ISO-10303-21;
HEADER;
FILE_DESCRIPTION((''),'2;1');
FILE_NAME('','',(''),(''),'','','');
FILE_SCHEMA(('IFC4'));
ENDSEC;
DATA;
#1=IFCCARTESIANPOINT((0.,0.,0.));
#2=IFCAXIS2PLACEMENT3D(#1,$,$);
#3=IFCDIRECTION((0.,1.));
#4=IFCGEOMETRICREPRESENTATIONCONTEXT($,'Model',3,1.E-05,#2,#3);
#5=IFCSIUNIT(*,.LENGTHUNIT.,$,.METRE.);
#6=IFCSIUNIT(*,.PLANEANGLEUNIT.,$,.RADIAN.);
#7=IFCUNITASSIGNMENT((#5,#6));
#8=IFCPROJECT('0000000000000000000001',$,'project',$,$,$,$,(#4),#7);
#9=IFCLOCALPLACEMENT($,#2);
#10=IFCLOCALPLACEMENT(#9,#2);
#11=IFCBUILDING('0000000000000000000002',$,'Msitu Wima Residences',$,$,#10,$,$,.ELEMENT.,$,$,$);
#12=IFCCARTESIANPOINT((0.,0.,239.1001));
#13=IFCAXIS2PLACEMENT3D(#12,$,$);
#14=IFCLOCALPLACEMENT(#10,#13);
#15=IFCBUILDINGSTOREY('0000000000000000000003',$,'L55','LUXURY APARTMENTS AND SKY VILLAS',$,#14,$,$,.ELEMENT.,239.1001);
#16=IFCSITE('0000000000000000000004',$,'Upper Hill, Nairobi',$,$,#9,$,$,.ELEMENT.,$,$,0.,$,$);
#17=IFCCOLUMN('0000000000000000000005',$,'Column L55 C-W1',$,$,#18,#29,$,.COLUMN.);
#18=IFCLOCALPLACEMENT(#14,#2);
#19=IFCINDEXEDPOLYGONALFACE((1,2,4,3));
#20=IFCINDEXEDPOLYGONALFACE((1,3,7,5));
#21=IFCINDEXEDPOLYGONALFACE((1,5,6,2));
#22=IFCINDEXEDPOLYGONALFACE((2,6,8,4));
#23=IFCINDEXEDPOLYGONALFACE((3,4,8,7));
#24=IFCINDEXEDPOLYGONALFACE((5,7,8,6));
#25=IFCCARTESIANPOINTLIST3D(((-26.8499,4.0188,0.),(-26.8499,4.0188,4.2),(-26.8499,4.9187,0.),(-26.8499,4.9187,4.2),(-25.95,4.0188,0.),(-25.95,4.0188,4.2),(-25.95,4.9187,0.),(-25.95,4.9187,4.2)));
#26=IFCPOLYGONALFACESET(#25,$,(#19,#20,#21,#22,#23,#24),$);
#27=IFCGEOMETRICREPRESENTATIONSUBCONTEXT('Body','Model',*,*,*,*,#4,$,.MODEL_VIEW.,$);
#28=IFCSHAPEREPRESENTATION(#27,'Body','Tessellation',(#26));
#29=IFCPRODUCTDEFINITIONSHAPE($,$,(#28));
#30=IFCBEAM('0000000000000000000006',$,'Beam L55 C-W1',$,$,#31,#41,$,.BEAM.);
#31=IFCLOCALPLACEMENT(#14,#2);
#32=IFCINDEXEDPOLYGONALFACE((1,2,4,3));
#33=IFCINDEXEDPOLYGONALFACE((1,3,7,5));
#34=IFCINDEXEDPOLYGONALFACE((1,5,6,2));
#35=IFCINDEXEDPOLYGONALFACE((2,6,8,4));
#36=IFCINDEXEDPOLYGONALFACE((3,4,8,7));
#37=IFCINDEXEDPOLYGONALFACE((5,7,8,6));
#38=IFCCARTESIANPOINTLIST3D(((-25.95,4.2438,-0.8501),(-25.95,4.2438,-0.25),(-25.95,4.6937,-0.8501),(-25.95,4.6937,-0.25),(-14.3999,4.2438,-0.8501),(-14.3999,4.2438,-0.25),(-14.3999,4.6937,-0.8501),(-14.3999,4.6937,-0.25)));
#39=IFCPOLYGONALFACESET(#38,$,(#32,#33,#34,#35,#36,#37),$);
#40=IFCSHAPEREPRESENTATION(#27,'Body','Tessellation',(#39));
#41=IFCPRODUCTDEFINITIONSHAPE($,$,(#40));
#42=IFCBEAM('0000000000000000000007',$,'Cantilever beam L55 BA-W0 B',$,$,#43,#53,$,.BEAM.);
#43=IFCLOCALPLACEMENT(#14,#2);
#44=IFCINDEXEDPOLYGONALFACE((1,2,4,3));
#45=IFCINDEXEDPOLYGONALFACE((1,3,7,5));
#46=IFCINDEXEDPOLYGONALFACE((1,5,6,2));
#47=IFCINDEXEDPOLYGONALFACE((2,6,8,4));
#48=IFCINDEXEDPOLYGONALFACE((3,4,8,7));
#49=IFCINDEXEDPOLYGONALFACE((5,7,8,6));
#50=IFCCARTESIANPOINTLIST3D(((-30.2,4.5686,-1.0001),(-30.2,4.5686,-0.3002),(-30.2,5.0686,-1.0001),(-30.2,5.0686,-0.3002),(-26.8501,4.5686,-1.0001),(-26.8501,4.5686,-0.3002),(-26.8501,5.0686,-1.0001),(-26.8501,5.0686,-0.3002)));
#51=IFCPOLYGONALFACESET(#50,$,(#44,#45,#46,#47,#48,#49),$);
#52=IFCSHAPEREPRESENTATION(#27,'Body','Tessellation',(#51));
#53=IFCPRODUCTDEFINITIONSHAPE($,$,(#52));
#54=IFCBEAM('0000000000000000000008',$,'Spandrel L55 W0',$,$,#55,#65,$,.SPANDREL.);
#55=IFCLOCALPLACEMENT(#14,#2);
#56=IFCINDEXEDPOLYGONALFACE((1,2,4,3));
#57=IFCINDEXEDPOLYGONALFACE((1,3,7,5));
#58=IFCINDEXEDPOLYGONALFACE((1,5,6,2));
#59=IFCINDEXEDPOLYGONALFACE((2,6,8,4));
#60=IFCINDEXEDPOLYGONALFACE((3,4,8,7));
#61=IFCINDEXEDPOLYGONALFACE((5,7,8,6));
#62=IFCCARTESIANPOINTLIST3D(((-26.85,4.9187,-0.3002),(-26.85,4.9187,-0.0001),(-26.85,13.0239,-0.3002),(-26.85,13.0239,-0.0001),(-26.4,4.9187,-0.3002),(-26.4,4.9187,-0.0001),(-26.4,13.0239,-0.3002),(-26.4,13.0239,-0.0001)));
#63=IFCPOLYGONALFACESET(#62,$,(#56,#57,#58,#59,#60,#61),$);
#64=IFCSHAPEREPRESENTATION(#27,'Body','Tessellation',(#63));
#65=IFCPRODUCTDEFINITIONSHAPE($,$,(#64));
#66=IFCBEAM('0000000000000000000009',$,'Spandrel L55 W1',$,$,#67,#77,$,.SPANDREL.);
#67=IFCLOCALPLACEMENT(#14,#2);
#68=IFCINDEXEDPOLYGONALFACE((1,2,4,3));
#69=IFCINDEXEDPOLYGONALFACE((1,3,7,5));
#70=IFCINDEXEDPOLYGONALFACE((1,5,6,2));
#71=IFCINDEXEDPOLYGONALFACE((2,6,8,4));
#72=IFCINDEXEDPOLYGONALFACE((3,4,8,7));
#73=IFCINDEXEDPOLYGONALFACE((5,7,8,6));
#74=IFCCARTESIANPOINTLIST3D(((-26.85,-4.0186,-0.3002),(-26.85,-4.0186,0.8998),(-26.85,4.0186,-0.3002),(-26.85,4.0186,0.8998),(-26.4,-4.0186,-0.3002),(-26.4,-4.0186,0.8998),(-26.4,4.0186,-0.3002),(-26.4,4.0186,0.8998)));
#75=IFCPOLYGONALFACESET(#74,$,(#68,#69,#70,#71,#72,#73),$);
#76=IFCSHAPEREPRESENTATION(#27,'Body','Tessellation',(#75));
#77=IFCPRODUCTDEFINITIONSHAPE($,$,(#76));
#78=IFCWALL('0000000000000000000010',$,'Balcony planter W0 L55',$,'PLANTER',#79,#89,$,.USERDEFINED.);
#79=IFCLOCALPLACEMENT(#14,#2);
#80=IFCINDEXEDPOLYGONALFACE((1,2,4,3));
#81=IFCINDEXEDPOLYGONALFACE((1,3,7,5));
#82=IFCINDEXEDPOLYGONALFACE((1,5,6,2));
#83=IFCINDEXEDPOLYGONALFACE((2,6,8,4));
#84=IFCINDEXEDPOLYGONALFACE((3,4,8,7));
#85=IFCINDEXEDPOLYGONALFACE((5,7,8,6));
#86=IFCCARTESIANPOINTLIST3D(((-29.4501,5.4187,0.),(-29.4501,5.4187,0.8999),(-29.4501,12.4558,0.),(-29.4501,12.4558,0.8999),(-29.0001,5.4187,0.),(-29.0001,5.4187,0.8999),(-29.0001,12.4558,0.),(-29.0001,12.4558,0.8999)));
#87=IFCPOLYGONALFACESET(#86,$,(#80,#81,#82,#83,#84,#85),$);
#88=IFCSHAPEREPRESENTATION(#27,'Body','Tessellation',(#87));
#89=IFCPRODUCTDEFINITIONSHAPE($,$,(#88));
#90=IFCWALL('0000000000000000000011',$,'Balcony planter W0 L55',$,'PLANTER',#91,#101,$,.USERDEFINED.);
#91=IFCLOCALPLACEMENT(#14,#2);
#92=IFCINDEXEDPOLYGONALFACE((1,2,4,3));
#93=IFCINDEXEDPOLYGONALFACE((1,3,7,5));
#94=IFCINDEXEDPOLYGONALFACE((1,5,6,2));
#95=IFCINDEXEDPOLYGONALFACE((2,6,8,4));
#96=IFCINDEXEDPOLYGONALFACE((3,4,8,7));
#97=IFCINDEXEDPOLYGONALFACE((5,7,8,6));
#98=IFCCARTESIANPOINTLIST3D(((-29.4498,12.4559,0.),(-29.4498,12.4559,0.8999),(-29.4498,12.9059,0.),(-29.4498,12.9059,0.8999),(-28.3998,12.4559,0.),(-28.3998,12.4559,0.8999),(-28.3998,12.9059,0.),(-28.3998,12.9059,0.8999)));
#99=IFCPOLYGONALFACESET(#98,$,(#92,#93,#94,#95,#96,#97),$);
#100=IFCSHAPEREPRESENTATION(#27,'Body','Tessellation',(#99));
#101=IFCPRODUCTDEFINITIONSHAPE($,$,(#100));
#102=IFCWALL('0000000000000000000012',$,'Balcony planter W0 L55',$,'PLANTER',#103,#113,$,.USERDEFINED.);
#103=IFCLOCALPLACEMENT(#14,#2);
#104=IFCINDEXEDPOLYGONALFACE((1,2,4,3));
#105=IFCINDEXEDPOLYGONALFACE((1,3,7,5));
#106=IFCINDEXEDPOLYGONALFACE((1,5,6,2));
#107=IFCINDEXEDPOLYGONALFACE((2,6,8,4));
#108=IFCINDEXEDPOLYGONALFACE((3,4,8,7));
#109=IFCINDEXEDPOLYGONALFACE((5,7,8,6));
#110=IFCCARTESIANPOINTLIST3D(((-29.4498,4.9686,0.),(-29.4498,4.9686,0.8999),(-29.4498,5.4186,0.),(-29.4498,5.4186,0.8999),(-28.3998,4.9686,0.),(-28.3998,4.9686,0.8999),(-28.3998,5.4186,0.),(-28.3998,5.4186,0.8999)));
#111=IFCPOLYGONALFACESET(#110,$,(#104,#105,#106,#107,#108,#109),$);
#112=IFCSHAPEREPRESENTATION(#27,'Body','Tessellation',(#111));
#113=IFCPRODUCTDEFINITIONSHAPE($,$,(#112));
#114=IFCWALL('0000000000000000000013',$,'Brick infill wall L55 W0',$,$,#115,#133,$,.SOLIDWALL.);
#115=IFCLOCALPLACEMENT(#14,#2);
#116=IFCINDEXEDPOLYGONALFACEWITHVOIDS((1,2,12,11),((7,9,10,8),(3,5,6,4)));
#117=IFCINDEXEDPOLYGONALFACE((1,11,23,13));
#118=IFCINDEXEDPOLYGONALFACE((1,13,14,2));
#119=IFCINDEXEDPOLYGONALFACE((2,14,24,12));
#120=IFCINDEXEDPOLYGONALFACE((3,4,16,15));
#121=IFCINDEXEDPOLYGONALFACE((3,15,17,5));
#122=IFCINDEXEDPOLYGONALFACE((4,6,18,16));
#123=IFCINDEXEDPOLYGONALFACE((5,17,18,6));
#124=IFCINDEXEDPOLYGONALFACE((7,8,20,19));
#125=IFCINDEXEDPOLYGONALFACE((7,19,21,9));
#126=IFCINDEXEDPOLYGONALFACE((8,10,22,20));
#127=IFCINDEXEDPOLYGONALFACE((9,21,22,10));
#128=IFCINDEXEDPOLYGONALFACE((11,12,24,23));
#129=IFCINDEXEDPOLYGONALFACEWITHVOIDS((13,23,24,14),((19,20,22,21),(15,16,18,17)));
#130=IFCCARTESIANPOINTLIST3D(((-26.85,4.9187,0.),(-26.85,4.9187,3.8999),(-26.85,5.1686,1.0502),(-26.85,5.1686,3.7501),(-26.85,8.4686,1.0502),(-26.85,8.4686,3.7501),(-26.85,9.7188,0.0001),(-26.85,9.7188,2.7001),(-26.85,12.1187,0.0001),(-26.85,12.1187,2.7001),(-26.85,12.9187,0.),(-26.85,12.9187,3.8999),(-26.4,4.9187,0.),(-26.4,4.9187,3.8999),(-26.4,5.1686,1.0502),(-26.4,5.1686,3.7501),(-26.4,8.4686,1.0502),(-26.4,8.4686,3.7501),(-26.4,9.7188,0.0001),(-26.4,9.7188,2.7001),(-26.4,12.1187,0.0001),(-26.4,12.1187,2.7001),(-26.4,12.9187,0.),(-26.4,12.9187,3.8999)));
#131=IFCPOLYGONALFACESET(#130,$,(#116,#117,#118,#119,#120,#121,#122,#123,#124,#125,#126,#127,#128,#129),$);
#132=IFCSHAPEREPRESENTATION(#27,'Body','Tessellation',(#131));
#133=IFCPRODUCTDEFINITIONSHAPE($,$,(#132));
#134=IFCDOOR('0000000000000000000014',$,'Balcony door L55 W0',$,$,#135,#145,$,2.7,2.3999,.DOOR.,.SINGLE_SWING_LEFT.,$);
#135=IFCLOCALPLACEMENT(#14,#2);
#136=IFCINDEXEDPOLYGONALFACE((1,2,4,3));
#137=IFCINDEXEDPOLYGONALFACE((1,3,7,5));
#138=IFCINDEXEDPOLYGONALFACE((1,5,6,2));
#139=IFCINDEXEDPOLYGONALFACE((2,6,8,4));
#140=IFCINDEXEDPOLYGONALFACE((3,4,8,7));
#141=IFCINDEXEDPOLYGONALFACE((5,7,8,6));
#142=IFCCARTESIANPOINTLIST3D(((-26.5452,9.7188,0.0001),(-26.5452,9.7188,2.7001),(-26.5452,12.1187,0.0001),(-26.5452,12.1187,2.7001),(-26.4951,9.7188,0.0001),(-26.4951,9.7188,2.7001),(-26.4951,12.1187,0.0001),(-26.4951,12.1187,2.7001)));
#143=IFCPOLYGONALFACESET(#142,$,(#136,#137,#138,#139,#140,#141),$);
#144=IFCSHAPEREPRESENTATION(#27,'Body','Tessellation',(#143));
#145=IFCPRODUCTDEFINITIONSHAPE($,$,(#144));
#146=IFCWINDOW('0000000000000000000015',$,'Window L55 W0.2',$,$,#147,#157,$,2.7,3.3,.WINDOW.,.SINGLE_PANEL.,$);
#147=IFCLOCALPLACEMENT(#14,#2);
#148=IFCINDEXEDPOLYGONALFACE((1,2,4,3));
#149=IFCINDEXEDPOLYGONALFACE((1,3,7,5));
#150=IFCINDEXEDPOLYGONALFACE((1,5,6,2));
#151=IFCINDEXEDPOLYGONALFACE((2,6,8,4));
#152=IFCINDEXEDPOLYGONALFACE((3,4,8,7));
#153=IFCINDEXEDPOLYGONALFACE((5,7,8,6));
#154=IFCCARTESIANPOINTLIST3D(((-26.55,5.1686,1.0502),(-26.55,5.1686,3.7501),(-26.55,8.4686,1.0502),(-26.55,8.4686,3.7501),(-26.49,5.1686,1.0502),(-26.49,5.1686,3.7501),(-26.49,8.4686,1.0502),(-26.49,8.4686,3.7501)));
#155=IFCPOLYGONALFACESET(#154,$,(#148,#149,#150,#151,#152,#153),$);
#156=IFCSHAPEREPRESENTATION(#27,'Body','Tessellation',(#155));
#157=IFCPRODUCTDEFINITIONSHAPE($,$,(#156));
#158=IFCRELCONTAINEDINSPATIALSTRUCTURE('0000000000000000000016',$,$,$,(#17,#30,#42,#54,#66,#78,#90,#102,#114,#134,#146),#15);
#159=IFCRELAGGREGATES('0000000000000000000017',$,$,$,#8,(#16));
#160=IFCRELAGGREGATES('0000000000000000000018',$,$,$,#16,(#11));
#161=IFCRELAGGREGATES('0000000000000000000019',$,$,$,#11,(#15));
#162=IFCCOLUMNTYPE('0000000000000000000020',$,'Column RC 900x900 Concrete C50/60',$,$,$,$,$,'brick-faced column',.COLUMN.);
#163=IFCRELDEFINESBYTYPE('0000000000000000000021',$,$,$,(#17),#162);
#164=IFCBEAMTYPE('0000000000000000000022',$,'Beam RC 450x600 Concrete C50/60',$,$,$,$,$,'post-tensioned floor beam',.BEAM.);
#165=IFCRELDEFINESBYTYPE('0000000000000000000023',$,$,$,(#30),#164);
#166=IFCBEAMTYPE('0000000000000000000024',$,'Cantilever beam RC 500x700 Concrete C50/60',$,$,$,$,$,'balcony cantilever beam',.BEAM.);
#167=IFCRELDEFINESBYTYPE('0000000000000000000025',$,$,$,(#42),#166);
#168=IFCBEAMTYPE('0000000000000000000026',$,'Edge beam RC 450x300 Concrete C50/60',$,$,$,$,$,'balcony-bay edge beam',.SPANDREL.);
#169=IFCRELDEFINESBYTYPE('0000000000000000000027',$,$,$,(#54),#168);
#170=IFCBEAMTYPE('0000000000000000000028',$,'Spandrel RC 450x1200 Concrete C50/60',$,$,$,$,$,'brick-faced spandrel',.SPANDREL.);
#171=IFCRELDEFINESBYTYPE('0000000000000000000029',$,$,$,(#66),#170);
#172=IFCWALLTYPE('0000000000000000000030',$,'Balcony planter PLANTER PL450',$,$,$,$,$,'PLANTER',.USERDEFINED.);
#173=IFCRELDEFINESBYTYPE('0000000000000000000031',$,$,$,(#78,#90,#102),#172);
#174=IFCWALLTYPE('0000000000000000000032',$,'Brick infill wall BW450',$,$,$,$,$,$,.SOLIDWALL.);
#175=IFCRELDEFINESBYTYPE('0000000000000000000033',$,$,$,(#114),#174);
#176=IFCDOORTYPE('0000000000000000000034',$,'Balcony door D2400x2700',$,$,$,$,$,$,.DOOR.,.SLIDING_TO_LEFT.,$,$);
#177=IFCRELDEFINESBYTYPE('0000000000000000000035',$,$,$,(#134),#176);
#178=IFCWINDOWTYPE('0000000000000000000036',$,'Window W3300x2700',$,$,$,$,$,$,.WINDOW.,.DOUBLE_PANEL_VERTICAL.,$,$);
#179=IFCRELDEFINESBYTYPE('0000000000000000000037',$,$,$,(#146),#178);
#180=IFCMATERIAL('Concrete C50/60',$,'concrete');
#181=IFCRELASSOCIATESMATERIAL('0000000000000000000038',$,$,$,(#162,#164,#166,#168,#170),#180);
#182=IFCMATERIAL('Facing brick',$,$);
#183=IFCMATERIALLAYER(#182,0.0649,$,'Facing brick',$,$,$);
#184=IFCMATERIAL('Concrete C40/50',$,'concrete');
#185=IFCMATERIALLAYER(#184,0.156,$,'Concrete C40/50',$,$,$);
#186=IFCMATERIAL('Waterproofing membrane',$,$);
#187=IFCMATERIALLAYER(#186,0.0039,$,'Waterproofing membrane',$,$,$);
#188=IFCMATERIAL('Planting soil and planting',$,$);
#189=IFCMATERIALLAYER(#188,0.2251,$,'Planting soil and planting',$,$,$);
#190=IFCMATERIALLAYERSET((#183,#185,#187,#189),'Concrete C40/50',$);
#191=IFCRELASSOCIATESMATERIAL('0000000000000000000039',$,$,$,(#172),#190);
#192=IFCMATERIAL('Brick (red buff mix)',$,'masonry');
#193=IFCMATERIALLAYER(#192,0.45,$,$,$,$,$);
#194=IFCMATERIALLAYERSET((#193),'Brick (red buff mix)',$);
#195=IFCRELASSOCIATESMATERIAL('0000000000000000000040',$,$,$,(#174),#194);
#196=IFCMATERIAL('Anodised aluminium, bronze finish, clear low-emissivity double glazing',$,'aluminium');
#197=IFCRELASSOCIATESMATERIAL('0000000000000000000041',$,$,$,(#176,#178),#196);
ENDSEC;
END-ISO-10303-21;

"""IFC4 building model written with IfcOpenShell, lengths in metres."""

from ifc_helpers import new_model, si_unit, direction, frame, frame_2d, origin, origin_2d, place, context, subcontext, project, spatial, rectangle, extrude, material, layer, layer_set, material_profile, profile_set, type_object, element, fill, save


model = new_model("IFC4")

# Units and contexts
model_context = context("Model", 3, precision=1e-05, world=origin(), true_north=direction((0.0, 1.0)))
body_context = subcontext(model_context, "Body", "Model", "MODEL_VIEW")
ifc_project = project(units=[si_unit("LENGTHUNIT", "METRE"), si_unit("PLANEANGLEUNIT", "RADIAN")], contexts=[model_context])

# Site, building, storey
site_placement = place(None, origin())
site = spatial("IfcSite", under=ifc_project, at=site_placement, Name="Upper Hill, Nairobi", CompositionType="ELEMENT", RefElevation=0.0)
building_placement = place(site_placement, origin())
building = spatial("IfcBuilding", under=site, at=building_placement, Name="Msitu Wima Residences", CompositionType="ELEMENT")
storey_placement = place(building_placement, frame((0.0, 0.0, 239.1001)))
storey = spatial("IfcBuildingStorey", under=building, at=storey_placement, Name="L55", Description="LUXURY APARTMENTS AND SKY VILLAS", CompositionType="ELEMENT", Elevation=239.1001)

# Column
ifc_material_1 = material(Name="Concrete C50/60", Category="concrete")
ifc_material_profile_1 = material_profile(ifc_material_1, rectangle(XDim=0.8999, YDim=0.8999, at=origin_2d()), Name="RC 900x900")
ifc_profile_set_1 = profile_set([ifc_material_profile_1], Name="Concrete C50/60")
column_type = type_object("IfcColumnType", Name="Column RC 900x900 Concrete C50/60", ElementType="brick-faced column", PredefinedType="COLUMN", material=ifc_profile_set_1)
column_placement = place(storey_placement, frame((-26.3999, 4.4688, 0.0), z_axis=(0.0, 0.0, 1.0), x_axis=(0.0, -1.0, 0.0)))
element("IfcColumn", 1, at=column_placement, inside=storey, type_object=column_type, Name="Column L55 C-W1", PredefinedType="COLUMN", context=body_context, shape_type="SweptSolid", body=[
    extrude(rectangle(XDim=0.8999, YDim=0.8999, at=origin_2d()), origin(), (0.0, 0.0, 1.0), 4.2),
])

# Beams
ifc_material_profile_2 = material_profile(ifc_material_1, rectangle(XDim=0.45, YDim=0.6001, at=origin_2d()), Name="RC 450x600")
ifc_profile_set_2 = profile_set([ifc_material_profile_2], Name="Concrete C50/60")
beam_type_1 = type_object("IfcBeamType", Name="Beam RC 450x600 Concrete C50/60", ElementType="post-tensioned floor beam", PredefinedType="BEAM", material=ifc_profile_set_2)
beam_1_placement = place(storey_placement, frame((-25.95, 4.4688, -0.55), z_axis=(1.0, 0.0, 0.0), x_axis=(0.0, 1.0, 0.0)))
element("IfcBeam", 2, at=beam_1_placement, inside=storey, type_object=beam_type_1, Name="Beam L55 C-W1", PredefinedType="BEAM", context=body_context, shape_type="SweptSolid", body=[
    extrude(rectangle(XDim=0.45, YDim=0.6001, at=origin_2d()), origin(), (0.0, 0.0, 1.0), 11.55),
])
ifc_material_profile_3 = material_profile(ifc_material_1, rectangle(XDim=0.5, YDim=0.7, at=origin_2d()), Name="RC 500x700")
ifc_profile_set_3 = profile_set([ifc_material_profile_3], Name="Concrete C50/60")
beam_type_2 = type_object("IfcBeamType", Name="Cantilever beam RC 500x700 Concrete C50/60", ElementType="balcony cantilever beam", PredefinedType="BEAM", material=ifc_profile_set_3)
beam_2_placement = place(storey_placement, frame((-26.8501, 4.8186, -0.6501), z_axis=(-1.0, 0.0, 0.0), x_axis=(0.0, -1.0, 0.0)))
element("IfcBeam", 3, at=beam_2_placement, inside=storey, type_object=beam_type_2, Name="Cantilever beam L55 BA-W0 B", PredefinedType="BEAM", context=body_context, shape_type="SweptSolid", body=[
    extrude(rectangle(XDim=0.5, YDim=0.7, at=origin_2d()), origin(), (0.0, 0.0, 1.0), 3.3499),
])
ifc_material_profile_4 = material_profile(ifc_material_1, rectangle(XDim=0.45, YDim=0.3, at=origin_2d()), Name="RC 450x300")
ifc_profile_set_4 = profile_set([ifc_material_profile_4], Name="Concrete C50/60")
beam_type_3 = type_object("IfcBeamType", Name="Edge beam RC 450x300 Concrete C50/60", ElementType="balcony-bay edge beam", PredefinedType="SPANDREL", material=ifc_profile_set_4)
beam_3_placement = place(storey_placement, frame((-26.625, 13.0239, -0.1501), z_axis=(0.0, -1.0, 0.0), x_axis=(1.0, 0.0, 0.0)))
element("IfcBeam", 4, at=beam_3_placement, inside=storey, type_object=beam_type_3, Name="Spandrel L55 W0", PredefinedType="SPANDREL", context=body_context, shape_type="SweptSolid", body=[
    extrude(rectangle(XDim=0.45, YDim=0.3, at=origin_2d()), origin(), (0.0, 0.0, 1.0), 8.1052),
])
ifc_material_profile_5 = material_profile(ifc_material_1, rectangle(XDim=0.45, YDim=1.2, at=origin_2d()), Name="RC 450x1200")
ifc_profile_set_5 = profile_set([ifc_material_profile_5], Name="Concrete C50/60")
beam_type_4 = type_object("IfcBeamType", Name="Spandrel RC 450x1200 Concrete C50/60", ElementType="brick-faced spandrel", PredefinedType="SPANDREL", material=ifc_profile_set_5)
beam_4_placement = place(storey_placement, frame((-26.625, 4.0186, 0.2998), z_axis=(0.0, -1.0, 0.0), x_axis=(1.0, 0.0, 0.0)))
element("IfcBeam", 5, at=beam_4_placement, inside=storey, type_object=beam_type_4, Name="Spandrel L55 W1", PredefinedType="SPANDREL", context=body_context, shape_type="SweptSolid", body=[
    extrude(rectangle(XDim=0.45, YDim=1.2, at=origin_2d()), origin(), (0.0, 0.0, 1.0), 8.0371),
])

# Walls
ifc_material_2 = material(Name="Facing brick")
ifc_layer_1 = layer(ifc_material_2, 0.0649, Name="Facing brick")
ifc_material_3 = material(Name="Concrete C40/50", Category="concrete")
ifc_layer_2 = layer(ifc_material_3, 0.156, Name="Concrete C40/50")
ifc_material_4 = material(Name="Waterproofing membrane")
ifc_layer_3 = layer(ifc_material_4, 0.0039, Name="Waterproofing membrane")
ifc_material_5 = material(Name="Planting soil and planting")
ifc_layer_4 = layer(ifc_material_5, 0.2251, Name="Planting soil and planting")
ifc_layer_set_1 = layer_set([ifc_layer_1, ifc_layer_2, ifc_layer_3, ifc_layer_4], Name="Concrete C40/50")
wall_type_1 = type_object("IfcWallType", Name="Balcony planter PLANTER PL450", ElementType="PLANTER", PredefinedType="USERDEFINED", material=ifc_layer_set_1)
wall_1_placement = place(storey_placement, frame((-29.2251, 12.4558, 0.0), z_axis=(0.0, 0.0, 1.0), x_axis=(0.0, -1.0, 0.0)))
element("IfcWall", 6, at=wall_1_placement, inside=storey, type_object=wall_type_1, Name="Balcony planter W0 L55", ObjectType="PLANTER", PredefinedType="USERDEFINED", context=body_context, shape_type="SweptSolid", body=[
    extrude(rectangle(XDim=7.0371, YDim=0.45, at=frame_2d((3.5186, 0.0))), origin(), (0.0, 0.0, 1.0), 0.8999),
])
for number, where, z_axis, x_axis, name in (
    (7, (-28.3999, 12.6809, 0.0), (0.0, 0.0, 1.0), (-1.0, 0.0, 0.0), "Balcony planter W0 L55"),
    (8, (-28.3999, 5.1936, 0.0), (0.0, 0.0, 1.0), (-1.0, 0.0, 0.0), "Balcony planter W0 L55"),
):
    element("IfcWall", number, at=place(storey_placement, frame(where, z_axis=z_axis, x_axis=x_axis)), inside=storey, type_object=wall_type_1, Name=name, ObjectType="PLANTER", PredefinedType="USERDEFINED", context=body_context, shape_type="SweptSolid", body=[
        extrude(rectangle(XDim=1.05, YDim=0.45, at=frame_2d((0.5249, 0.0))), origin(), (0.0, 0.0, 1.0), 0.8999),
    ])

# Wall, openings, door, window
ifc_material_6 = material(Name="Brick (red buff mix)", Category="masonry")
ifc_layer_5 = layer(ifc_material_6, 0.45)
ifc_layer_set_2 = layer_set([ifc_layer_5], Name="Brick (red buff mix)")
wall_type_2 = type_object("IfcWallType", Name="Brick infill wall BW450", PredefinedType="SOLIDWALL", material=ifc_layer_set_2)
wall_2_placement = place(storey_placement, frame((-26.625, 12.9187, 0.0), z_axis=(0.0, 0.0, 1.0), x_axis=(0.0, -1.0, 0.0)))
wall_2 = element("IfcWall", 9, at=wall_2_placement, inside=storey, type_object=wall_type_2, Name="Brick infill wall L55 W0", PredefinedType="SOLIDWALL", context=body_context, shape_type="SweptSolid", body=[
    extrude(rectangle(XDim=8.0, YDim=0.45, at=frame_2d((4.0, 0.0))), origin(), (0.0, 0.0, 1.0), 3.8999),
])
opening_1_placement = place(wall_2_placement, frame((0.8, 0.0, 0.0)))
opening_1 = element("IfcOpeningElement", 10, at=opening_1_placement, cuts=wall_2, PredefinedType="OPENING", context=body_context, shape_type="SweptSolid", body=[
    extrude(rectangle(XDim=2.3999, YDim=2.7, at=frame_2d((1.2, 1.3501))), frame((0.0, 0.2349, 0.0), z_axis=(0.0, -1.0, 0.0), x_axis=(1.0, 0.0, 0.0)), (0.0, 0.0, 1.0), 0.47),
])
opening_2_placement = place(wall_2_placement, frame((4.4502, 0.0, 1.05)))
opening_2 = element("IfcOpeningElement", 11, at=opening_2_placement, cuts=wall_2, PredefinedType="OPENING", context=body_context, shape_type="SweptSolid", body=[
    extrude(rectangle(XDim=3.3, YDim=2.7, at=frame_2d((1.6499, 1.3501))), frame((0.0, 0.2349, 0.0), z_axis=(0.0, -1.0, 0.0), x_axis=(1.0, 0.0, 0.0)), (0.0, 0.0, 1.0), 0.47),
])
ifc_material_7 = material(Name="Anodised aluminium, bronze finish, clear low-emissivity double glazing", Category="aluminium")
door_type_1 = type_object("IfcDoorType", Name="Balcony door D2400x2700", OperationType="SLIDING_TO_LEFT", PredefinedType="DOOR", material=ifc_material_7)
door_1_placement = place(opening_1_placement, origin())
door_1 = element("IfcDoor", 12, at=door_1_placement, inside=storey, type_object=door_type_1, Name="Balcony door L55 W0", OperationType="SINGLE_SWING_LEFT", OverallHeight=2.7, OverallWidth=2.3999, PredefinedType="DOOR", context=body_context, shape_type="SweptSolid", body=[
    extrude(rectangle(XDim=2.3999, YDim=2.7, at=frame_2d((1.2, 1.3501))), frame((0.0, 0.1299, 0.0), z_axis=(0.0, -1.0, 0.0), x_axis=(1.0, 0.0, 0.0)), (0.0, 0.0, 1.0), 0.05),
])
fill(opening_1, door_1)
window_type = type_object("IfcWindowType", Name="Window W3300x2700", PartitioningType="DOUBLE_PANEL_VERTICAL", PredefinedType="WINDOW", material=ifc_material_7)
window_1_placement = place(opening_2_placement, origin())
window_1 = element("IfcWindow", 13, at=window_1_placement, inside=storey, type_object=window_type, Name="Window L55 W0.2", OverallHeight=2.7, OverallWidth=3.3, PartitioningType="SINGLE_PANEL", PredefinedType="WINDOW", context=body_context, shape_type="SweptSolid", body=[
    extrude(rectangle(XDim=3.3, YDim=2.7, at=frame_2d((1.6499, 1.3501))), frame((0.0, 0.135, 0.0), z_axis=(0.0, -1.0, 0.0), x_axis=(1.0, 0.0, 0.0)), (0.0, 0.0, 1.0), 0.0601),
])
fill(opening_2, window_1)

save(model, "model.ifc")
